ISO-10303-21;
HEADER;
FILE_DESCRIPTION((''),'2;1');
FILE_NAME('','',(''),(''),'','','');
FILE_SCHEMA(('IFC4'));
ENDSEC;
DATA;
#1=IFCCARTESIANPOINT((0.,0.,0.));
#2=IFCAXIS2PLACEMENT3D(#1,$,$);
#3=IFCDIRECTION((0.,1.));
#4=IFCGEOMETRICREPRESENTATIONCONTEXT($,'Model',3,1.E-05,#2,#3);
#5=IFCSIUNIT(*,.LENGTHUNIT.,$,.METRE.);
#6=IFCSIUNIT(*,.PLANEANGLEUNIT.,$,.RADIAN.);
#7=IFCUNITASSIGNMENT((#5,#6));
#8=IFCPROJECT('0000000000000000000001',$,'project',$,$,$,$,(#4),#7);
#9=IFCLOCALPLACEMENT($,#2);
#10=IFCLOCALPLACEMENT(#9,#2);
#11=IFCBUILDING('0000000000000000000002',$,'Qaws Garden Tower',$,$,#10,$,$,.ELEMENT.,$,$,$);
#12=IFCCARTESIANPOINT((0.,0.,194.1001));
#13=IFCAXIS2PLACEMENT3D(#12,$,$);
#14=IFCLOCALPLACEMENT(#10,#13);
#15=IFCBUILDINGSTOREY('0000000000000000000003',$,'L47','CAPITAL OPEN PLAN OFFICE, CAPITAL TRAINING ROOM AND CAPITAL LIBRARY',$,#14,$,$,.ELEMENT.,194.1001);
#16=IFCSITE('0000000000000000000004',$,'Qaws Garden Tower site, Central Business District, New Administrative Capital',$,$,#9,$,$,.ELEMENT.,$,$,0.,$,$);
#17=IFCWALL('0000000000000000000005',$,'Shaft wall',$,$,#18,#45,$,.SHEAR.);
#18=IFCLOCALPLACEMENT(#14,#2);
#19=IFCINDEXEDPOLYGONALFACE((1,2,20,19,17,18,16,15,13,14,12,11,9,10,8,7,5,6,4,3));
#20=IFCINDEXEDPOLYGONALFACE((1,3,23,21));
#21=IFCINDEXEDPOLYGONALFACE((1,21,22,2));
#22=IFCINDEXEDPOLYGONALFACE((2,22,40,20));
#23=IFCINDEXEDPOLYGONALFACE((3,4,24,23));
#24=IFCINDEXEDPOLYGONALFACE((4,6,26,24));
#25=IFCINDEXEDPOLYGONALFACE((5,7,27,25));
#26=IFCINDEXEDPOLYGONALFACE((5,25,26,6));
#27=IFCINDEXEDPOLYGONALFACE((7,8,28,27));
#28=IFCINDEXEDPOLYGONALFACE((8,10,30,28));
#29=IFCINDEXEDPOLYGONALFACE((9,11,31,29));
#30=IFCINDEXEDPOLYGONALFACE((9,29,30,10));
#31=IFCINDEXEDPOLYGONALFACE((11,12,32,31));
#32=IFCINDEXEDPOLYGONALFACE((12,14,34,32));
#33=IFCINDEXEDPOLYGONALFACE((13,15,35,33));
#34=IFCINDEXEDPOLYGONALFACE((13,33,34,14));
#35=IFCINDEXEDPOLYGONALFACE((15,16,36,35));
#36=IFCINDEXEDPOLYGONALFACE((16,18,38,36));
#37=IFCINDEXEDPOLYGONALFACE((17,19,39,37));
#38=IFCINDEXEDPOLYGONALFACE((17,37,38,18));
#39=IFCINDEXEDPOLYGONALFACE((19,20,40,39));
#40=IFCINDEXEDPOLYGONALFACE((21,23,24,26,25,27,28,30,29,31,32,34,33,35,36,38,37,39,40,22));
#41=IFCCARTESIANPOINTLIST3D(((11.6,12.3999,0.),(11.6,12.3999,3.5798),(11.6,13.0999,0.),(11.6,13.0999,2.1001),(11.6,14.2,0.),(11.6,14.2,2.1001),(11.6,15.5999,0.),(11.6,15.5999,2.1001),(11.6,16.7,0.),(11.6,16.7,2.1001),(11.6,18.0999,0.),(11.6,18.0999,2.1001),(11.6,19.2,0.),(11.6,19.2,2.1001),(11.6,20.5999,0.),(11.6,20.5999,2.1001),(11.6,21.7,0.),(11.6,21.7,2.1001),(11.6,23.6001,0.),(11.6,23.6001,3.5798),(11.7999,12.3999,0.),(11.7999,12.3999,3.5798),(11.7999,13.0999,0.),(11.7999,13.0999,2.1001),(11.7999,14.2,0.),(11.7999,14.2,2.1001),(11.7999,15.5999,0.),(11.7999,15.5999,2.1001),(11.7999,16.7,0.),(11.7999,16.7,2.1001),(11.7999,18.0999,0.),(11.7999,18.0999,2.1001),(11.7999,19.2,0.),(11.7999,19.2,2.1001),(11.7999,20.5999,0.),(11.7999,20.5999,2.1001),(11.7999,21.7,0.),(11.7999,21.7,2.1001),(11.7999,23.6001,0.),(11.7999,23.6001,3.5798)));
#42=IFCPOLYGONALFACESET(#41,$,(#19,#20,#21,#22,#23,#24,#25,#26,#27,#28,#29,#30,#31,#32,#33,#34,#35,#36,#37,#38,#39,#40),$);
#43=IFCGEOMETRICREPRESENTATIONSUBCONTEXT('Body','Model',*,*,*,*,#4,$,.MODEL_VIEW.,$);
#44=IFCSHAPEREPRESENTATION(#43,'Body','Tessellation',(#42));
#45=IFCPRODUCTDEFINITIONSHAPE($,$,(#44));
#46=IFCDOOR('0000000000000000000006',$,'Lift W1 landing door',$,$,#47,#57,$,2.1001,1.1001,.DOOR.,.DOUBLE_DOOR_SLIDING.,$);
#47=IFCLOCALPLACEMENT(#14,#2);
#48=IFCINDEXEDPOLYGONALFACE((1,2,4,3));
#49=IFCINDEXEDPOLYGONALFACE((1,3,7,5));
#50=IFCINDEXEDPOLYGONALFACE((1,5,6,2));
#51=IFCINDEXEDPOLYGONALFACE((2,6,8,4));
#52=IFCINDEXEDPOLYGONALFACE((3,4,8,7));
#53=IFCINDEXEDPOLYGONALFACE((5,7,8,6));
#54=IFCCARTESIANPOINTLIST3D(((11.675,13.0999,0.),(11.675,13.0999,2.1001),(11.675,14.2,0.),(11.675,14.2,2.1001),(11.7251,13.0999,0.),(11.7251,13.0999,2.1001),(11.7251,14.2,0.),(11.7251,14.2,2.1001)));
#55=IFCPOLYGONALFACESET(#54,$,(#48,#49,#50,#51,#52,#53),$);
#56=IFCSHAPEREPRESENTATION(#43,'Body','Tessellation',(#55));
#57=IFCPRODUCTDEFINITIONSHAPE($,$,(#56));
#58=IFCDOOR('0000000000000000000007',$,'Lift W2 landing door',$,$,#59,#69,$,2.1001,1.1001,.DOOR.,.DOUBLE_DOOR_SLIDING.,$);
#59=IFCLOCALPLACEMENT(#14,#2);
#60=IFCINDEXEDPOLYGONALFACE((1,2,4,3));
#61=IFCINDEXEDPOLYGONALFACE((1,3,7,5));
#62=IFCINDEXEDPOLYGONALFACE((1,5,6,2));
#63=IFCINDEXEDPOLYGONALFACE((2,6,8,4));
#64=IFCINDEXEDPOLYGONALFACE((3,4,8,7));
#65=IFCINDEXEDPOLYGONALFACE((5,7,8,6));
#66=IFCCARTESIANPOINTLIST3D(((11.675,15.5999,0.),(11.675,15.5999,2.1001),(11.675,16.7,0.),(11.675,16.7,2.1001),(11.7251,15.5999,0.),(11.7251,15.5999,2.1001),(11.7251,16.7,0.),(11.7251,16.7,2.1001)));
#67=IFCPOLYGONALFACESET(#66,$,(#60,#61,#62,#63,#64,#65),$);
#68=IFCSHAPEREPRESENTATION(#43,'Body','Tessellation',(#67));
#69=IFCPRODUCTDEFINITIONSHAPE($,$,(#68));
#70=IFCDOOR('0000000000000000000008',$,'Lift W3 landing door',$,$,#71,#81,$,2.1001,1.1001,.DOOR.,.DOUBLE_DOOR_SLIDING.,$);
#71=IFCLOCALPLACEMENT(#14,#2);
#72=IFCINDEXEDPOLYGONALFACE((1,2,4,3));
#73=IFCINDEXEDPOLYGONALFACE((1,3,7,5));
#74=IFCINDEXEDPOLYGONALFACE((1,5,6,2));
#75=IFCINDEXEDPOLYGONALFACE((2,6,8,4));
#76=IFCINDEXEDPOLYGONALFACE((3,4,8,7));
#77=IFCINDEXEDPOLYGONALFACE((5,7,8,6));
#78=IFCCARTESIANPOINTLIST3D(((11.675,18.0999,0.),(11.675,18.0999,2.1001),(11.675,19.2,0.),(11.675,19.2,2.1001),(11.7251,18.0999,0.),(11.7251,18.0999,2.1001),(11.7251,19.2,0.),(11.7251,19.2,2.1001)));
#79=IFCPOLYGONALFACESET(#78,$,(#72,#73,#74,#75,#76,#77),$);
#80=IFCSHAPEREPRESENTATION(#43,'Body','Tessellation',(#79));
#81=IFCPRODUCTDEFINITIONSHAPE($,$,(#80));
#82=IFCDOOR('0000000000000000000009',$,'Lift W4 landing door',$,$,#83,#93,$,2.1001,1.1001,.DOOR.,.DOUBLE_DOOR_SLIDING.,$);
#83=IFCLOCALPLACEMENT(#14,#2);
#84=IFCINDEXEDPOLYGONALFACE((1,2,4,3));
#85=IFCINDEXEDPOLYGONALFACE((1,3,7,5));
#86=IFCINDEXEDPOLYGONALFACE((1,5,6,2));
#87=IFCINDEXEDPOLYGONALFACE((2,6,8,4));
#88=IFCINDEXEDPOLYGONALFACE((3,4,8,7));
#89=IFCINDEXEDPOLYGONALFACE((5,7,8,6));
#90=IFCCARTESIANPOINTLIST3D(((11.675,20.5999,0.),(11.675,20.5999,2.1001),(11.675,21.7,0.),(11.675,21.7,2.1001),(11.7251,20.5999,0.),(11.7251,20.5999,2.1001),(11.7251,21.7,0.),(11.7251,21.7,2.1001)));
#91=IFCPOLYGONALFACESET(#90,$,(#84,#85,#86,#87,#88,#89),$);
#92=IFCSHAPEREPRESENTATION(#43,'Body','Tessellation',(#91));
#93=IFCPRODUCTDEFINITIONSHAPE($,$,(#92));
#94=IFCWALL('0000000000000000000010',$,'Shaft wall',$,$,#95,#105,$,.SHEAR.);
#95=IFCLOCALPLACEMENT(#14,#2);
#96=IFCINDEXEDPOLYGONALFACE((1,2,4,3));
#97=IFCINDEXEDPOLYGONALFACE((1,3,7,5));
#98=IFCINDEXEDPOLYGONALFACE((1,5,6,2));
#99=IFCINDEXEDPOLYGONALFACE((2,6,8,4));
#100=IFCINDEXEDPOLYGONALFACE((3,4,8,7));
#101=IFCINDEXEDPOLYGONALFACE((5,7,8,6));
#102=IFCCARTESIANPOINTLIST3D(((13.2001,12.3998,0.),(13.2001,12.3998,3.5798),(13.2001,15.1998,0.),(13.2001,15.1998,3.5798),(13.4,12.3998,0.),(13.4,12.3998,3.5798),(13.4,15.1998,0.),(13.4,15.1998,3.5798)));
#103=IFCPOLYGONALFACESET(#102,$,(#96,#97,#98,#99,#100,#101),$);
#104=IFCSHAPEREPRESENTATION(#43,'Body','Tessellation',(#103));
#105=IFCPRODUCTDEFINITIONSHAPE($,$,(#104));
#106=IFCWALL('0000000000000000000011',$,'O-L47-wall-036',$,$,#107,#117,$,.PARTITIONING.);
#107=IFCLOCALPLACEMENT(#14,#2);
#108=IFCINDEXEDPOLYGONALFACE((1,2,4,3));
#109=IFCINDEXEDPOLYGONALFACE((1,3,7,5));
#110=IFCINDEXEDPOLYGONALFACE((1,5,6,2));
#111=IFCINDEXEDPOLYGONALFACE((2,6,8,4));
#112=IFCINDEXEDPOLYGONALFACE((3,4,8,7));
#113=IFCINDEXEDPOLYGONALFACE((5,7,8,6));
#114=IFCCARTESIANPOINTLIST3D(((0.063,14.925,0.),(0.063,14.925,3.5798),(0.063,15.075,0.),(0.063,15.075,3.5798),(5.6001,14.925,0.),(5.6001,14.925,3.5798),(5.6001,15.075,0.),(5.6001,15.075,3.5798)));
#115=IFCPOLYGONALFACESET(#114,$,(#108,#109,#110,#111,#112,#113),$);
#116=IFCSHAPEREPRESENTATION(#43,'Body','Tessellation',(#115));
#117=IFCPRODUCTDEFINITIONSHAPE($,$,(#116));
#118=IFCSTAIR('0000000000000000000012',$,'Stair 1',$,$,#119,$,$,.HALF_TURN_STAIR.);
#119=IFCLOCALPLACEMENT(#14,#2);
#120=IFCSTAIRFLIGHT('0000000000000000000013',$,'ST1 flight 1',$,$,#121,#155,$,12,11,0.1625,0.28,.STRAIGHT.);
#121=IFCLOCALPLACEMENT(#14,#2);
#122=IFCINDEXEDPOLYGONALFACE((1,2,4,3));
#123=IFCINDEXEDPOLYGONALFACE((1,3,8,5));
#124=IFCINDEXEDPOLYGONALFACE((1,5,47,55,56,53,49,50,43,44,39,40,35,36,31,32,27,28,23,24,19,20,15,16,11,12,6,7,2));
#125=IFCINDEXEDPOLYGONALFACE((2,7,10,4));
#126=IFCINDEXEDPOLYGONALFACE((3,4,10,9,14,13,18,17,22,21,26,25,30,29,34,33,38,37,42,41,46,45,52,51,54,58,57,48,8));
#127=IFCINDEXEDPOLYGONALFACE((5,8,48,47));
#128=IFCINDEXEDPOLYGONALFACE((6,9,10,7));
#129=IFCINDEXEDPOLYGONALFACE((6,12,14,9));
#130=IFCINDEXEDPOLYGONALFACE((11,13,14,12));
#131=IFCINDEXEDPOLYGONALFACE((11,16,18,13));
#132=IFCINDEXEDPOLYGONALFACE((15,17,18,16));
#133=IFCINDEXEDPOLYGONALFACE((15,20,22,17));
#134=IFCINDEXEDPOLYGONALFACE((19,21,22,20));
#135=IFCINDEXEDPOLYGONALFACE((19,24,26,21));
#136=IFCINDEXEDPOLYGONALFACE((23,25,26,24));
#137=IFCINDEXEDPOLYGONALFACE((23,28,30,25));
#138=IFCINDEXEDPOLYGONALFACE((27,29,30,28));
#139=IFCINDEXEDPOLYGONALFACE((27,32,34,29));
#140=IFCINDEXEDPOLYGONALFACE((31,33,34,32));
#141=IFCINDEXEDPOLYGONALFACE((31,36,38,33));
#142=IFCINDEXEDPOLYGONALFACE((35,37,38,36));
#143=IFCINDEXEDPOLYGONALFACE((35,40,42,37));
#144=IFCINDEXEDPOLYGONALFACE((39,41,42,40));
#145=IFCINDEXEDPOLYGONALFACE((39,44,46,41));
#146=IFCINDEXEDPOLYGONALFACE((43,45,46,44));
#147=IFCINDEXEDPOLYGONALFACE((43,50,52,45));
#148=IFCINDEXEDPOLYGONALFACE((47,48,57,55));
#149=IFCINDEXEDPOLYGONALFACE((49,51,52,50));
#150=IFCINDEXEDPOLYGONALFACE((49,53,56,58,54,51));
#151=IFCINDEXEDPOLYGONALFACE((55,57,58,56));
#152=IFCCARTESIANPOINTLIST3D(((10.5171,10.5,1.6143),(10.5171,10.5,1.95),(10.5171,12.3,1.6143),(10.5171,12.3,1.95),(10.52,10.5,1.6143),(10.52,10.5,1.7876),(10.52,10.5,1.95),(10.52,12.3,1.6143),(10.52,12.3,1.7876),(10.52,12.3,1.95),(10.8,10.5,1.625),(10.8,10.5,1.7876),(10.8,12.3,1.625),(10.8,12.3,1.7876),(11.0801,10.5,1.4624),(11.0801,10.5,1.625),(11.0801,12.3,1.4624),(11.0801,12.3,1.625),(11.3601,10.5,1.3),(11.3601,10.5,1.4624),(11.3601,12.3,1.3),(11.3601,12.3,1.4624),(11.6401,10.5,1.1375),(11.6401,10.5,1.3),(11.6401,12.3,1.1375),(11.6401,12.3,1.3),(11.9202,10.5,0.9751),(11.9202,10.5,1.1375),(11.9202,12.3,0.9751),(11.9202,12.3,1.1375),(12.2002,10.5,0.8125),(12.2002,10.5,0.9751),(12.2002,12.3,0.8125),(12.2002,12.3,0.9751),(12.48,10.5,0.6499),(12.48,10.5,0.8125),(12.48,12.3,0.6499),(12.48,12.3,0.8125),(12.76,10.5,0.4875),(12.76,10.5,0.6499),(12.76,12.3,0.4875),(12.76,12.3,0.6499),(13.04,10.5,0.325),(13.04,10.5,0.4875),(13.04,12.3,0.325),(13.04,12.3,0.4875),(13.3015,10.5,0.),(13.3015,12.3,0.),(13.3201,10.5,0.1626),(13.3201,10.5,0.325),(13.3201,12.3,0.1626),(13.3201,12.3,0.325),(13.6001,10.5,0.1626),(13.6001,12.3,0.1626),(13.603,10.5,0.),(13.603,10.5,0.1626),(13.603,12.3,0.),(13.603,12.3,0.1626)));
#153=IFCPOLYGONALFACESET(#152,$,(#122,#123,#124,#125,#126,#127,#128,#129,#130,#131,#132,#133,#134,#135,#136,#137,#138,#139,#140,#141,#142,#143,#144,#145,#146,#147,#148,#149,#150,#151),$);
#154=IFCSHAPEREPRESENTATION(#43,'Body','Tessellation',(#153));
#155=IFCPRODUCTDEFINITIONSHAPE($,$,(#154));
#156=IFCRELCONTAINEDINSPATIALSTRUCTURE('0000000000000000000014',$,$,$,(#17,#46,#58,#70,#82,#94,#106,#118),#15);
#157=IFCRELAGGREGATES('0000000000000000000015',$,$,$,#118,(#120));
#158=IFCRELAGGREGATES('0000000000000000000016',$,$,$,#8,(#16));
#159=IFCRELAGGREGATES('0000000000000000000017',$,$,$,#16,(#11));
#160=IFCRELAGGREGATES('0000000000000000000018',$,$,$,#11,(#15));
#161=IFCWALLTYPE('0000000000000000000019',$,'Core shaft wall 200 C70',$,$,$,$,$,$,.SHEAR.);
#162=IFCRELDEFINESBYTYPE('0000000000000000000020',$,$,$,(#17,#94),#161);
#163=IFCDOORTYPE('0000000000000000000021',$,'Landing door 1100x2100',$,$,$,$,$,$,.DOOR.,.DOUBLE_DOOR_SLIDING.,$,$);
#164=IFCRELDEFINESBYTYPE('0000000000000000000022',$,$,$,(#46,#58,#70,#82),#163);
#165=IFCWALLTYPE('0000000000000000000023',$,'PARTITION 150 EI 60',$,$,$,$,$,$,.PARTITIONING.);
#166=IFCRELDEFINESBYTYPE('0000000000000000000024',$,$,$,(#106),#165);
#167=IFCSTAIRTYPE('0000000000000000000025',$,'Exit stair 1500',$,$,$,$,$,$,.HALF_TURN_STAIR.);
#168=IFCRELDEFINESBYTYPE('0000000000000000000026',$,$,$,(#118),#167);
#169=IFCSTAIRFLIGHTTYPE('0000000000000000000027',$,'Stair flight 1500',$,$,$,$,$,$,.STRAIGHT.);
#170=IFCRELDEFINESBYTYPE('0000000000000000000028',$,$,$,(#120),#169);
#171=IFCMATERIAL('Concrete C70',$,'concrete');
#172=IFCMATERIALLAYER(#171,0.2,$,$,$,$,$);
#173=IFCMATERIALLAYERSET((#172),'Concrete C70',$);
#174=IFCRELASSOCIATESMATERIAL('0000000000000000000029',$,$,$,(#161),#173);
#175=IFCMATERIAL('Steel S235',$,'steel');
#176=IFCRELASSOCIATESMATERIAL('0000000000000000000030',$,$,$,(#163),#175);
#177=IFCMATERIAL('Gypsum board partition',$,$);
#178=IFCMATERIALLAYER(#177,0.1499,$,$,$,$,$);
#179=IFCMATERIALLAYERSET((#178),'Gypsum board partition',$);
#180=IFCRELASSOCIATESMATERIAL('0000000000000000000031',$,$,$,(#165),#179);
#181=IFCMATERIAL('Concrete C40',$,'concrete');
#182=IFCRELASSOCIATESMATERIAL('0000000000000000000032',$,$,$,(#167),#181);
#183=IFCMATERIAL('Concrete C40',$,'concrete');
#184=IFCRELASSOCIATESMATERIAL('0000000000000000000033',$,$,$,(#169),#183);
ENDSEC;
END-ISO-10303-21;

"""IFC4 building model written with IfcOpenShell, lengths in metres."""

from ifc_helpers import new_model, si_unit, direction, frame, frame_2d, origin, place, context, subcontext, project, spatial, polyline, rectangle, outline, extrude, material, layer, layer_set, type_object, element, fill, aggregate, save


model = new_model("IFC4")

# Units and contexts
model_context = context("Model", 3, precision=1e-05, world=origin(), true_north=direction((0.0, 1.0)))
body_context = subcontext(model_context, "Body", "Model", "MODEL_VIEW")
ifc_project = project(units=[si_unit("LENGTHUNIT", "METRE"), si_unit("PLANEANGLEUNIT", "RADIAN")], contexts=[model_context])

# Site, building, storey
site_placement = place(None, origin())
site = spatial("IfcSite", under=ifc_project, at=site_placement, Name="Qaws Garden Tower site, Central Business District, New Administrative Capital", CompositionType="ELEMENT", RefElevation=0.0)
building_placement = place(site_placement, origin())
building = spatial("IfcBuilding", under=site, at=building_placement, Name="Qaws Garden Tower", CompositionType="ELEMENT")
storey_placement = place(building_placement, frame((0.0, 0.0, 194.1001)))
storey = spatial("IfcBuildingStorey", under=building, at=storey_placement, Name="L47", Description="CAPITAL OPEN PLAN OFFICE, CAPITAL TRAINING ROOM AND CAPITAL LIBRARY", CompositionType="ELEMENT", Elevation=194.1001)

# Shared definitions
ifc_material_1 = material(Name="Concrete C70", Category="concrete")
ifc_layer_1 = layer(ifc_material_1, 0.2)
ifc_layer_set_1 = layer_set([ifc_layer_1], Name="Concrete C70")
wall_type_1 = type_object("IfcWallType", Name="Core shaft wall 200 C70", PredefinedType="SHEAR", material=ifc_layer_set_1)

# Shared definitions
ifc_material_2 = material(Name="Steel S235", Category="steel")
door_type_1 = type_object("IfcDoorType", Name="Landing door 1100x2100", OperationType="DOUBLE_DOOR_SLIDING", PredefinedType="DOOR", material=ifc_material_2)

# Wall, openings, doors
wall_1_placement = place(storey_placement, frame((11.7, 12.3999, 0.0), z_axis=(0.0, 0.0, 1.0), x_axis=(0.0, 1.0, 0.0)))
wall_1 = element("IfcWall", 1, at=wall_1_placement, inside=storey, type_object=wall_type_1, Name="Shaft wall", PredefinedType="SHEAR", context=body_context, shape_type="SweptSolid", body=[
    extrude(rectangle(XDim=11.2002, YDim=0.2, at=frame_2d((5.6001, 0.0))), origin(), (0.0, 0.0, 1.0), 3.5798),
])
opening_1_placement = place(wall_1_placement, frame((0.7, 0.0, 0.0)))
opening_1 = element("IfcOpeningElement", 2, at=opening_1_placement, cuts=wall_1, PredefinedType="OPENING", context=body_context, shape_type="SweptSolid", body=[
    extrude(rectangle(XDim=1.1001, YDim=2.1001, at=frame_2d((0.55, 1.05))), frame((0.0, 0.1099, 0.0), z_axis=(0.0, -1.0, 0.0), x_axis=(1.0, 0.0, 0.0)), (0.0, 0.0, 1.0), 0.22),
])
opening_2_placement = place(wall_1_placement, frame((3.2, 0.0, 0.0)))
opening_2 = element("IfcOpeningElement", 3, at=opening_2_placement, cuts=wall_1, PredefinedType="OPENING", context=body_context, shape_type="SweptSolid", body=[
    extrude(rectangle(XDim=1.1001, YDim=2.1001, at=frame_2d((0.55, 1.05))), frame((0.0, 0.1099, 0.0), z_axis=(0.0, -1.0, 0.0), x_axis=(1.0, 0.0, 0.0)), (0.0, 0.0, 1.0), 0.22),
])
opening_3_placement = place(wall_1_placement, frame((5.7, 0.0, 0.0)))
opening_3 = element("IfcOpeningElement", 4, at=opening_3_placement, cuts=wall_1, PredefinedType="OPENING", context=body_context, shape_type="SweptSolid", body=[
    extrude(rectangle(XDim=1.1001, YDim=2.1001, at=frame_2d((0.55, 1.05))), frame((0.0, 0.1099, 0.0), z_axis=(0.0, -1.0, 0.0), x_axis=(1.0, 0.0, 0.0)), (0.0, 0.0, 1.0), 0.22),
])
opening_4_placement = place(wall_1_placement, frame((8.2, 0.0, 0.0)))
opening_4 = element("IfcOpeningElement", 5, at=opening_4_placement, cuts=wall_1, PredefinedType="OPENING", context=body_context, shape_type="SweptSolid", body=[
    extrude(rectangle(XDim=1.1001, YDim=2.1001, at=frame_2d((0.55, 1.05))), frame((0.0, 0.1099, 0.0), z_axis=(0.0, -1.0, 0.0), x_axis=(1.0, 0.0, 0.0)), (0.0, 0.0, 1.0), 0.22),
])
door_1_placement = place(opening_1_placement, origin())
door_1 = element("IfcDoor", 6, at=door_1_placement, inside=storey, type_object=door_type_1, Name="Lift W1 landing door", OperationType="DOUBLE_DOOR_SLIDING", OverallHeight=2.1001, OverallWidth=1.1001, PredefinedType="DOOR", context=body_context, shape_type="SweptSolid", body=[
    extrude(rectangle(XDim=1.1001, YDim=2.1001, at=frame_2d((0.55, 1.05))), frame((0.0, 0.0249, 0.0), z_axis=(0.0, -1.0, 0.0), x_axis=(1.0, 0.0, 0.0)), (0.0, 0.0, 1.0), 0.05),
])
fill(opening_1, door_1)
door_2_placement = place(opening_2_placement, origin())
door_2 = element("IfcDoor", 7, at=door_2_placement, inside=storey, type_object=door_type_1, Name="Lift W2 landing door", OperationType="DOUBLE_DOOR_SLIDING", OverallHeight=2.1001, OverallWidth=1.1001, PredefinedType="DOOR", context=body_context, shape_type="SweptSolid", body=[
    extrude(rectangle(XDim=1.1001, YDim=2.1001, at=frame_2d((0.55, 1.05))), frame((0.0, 0.0249, 0.0), z_axis=(0.0, -1.0, 0.0), x_axis=(1.0, 0.0, 0.0)), (0.0, 0.0, 1.0), 0.05),
])
fill(opening_2, door_2)
door_3_placement = place(opening_3_placement, origin())
door_3 = element("IfcDoor", 8, at=door_3_placement, inside=storey, type_object=door_type_1, Name="Lift W3 landing door", OperationType="DOUBLE_DOOR_SLIDING", OverallHeight=2.1001, OverallWidth=1.1001, PredefinedType="DOOR", context=body_context, shape_type="SweptSolid", body=[
    extrude(rectangle(XDim=1.1001, YDim=2.1001, at=frame_2d((0.55, 1.05))), frame((0.0, 0.0249, 0.0), z_axis=(0.0, -1.0, 0.0), x_axis=(1.0, 0.0, 0.0)), (0.0, 0.0, 1.0), 0.05),
])
fill(opening_3, door_3)
door_4_placement = place(opening_4_placement, origin())
door_4 = element("IfcDoor", 9, at=door_4_placement, inside=storey, type_object=door_type_1, Name="Lift W4 landing door", OperationType="DOUBLE_DOOR_SLIDING", OverallHeight=2.1001, OverallWidth=1.1001, PredefinedType="DOOR", context=body_context, shape_type="SweptSolid", body=[
    extrude(rectangle(XDim=1.1001, YDim=2.1001, at=frame_2d((0.55, 1.05))), frame((0.0, 0.0249, 0.0), z_axis=(0.0, -1.0, 0.0), x_axis=(1.0, 0.0, 0.0)), (0.0, 0.0, 1.0), 0.05),
])
fill(opening_4, door_4)

# Walls
wall_2_placement = place(storey_placement, frame((13.3, 12.3999, 0.0), z_axis=(0.0, 0.0, 1.0), x_axis=(0.0, 1.0, 0.0)))
element("IfcWall", 10, at=wall_2_placement, inside=storey, type_object=wall_type_1, Name="Shaft wall", PredefinedType="SHEAR", context=body_context, shape_type="SweptSolid", body=[
    extrude(rectangle(XDim=2.8, YDim=0.2, at=frame_2d((1.3999, 0.0))), origin(), (0.0, 0.0, 1.0), 3.5798),
])
ifc_material_3 = material(Name="Gypsum board partition")
ifc_layer_2 = layer(ifc_material_3, 0.1499)
ifc_layer_set_2 = layer_set([ifc_layer_2], Name="Gypsum board partition")
wall_type_2 = type_object("IfcWallType", Name="PARTITION 150 EI 60", PredefinedType="PARTITIONING", material=ifc_layer_set_2)
wall_3_placement = place(storey_placement, frame((0.063, 15.0, 0.0), z_axis=(0.0, 0.0, 1.0), x_axis=(1.0, 0.0, 0.0)))
element("IfcWall", 11, at=wall_3_placement, inside=storey, type_object=wall_type_2, Name="O-L47-wall-036", PredefinedType="PARTITIONING", context=body_context, shape_type="SweptSolid", body=[
    extrude(rectangle(XDim=5.5371, YDim=0.1499, at=frame_2d((2.7686, 0.0))), origin(), (0.0, 0.0, 1.0), 3.5798),
])

# Stair, stair flight
ifc_material_4 = material(Name="Concrete C40", Category="concrete")
stair_type = type_object("IfcStairType", Name="Exit stair 1500", PredefinedType="HALF_TURN_STAIR", material=ifc_material_4)
stair_placement = place(storey_placement, origin())
stair = element("IfcStair", 12, at=stair_placement, inside=storey, type_object=stair_type, Name="Stair 1", PredefinedType="HALF_TURN_STAIR")
ifc_material_5 = material(Name="Concrete C40", Category="concrete")
stair_flight_type = type_object("IfcStairFlightType", Name="Stair flight 1500", PredefinedType="STRAIGHT", material=ifc_material_5)
stair_flight_placement = place(storey_placement, frame((13.6001, 11.3999, 0.0), z_axis=(0.0, 0.0, 1.0), x_axis=(-1.0, 0.0, 0.0)))
stair_flight = element("IfcStairFlight", 13, at=stair_flight_placement, type_object=stair_flight_type, Name="ST1 flight 1", NumberOfRisers=12, NumberOfTreads=11, PredefinedType="STRAIGHT", RiserHeight=0.1625, TreadLength=0.28, context=body_context, shape_type="SweptSolid", body=[
    extrude(outline(polyline([(-0.0029, 0.0), (-0.0029, 0.1626), (0.0, 0.1626), (0.28, 0.1626), (0.28, 0.325), (0.5601, 0.325), (0.5601, 0.4875), (0.8401, 0.4875), (0.8401, 0.6499), (1.1201, 0.6499), (1.1201, 0.8125), (1.3999, 0.8125), (1.3999, 0.9751), (1.6799, 0.9751), (1.6799, 1.1375), (1.96, 1.1375), (1.96, 1.3), (2.24, 1.3), (2.24, 1.4624), (2.52, 1.4624), (2.52, 1.625), (2.8, 1.625), (2.8, 1.7876), (3.0801, 1.7876), (3.0801, 1.95), (3.083, 1.95), (3.083, 1.6143), (3.0801, 1.6143), (0.2986, 0.0), (-0.0029, 0.0)])), frame((0.0, 0.8999, 0.0), z_axis=(0.0, -1.0, 0.0), x_axis=(1.0, 0.0, 0.0)), (0.0, 0.0, 1.0), 1.8),
])
aggregate(stair, [stair_flight])

save(model, "model.ifc")
